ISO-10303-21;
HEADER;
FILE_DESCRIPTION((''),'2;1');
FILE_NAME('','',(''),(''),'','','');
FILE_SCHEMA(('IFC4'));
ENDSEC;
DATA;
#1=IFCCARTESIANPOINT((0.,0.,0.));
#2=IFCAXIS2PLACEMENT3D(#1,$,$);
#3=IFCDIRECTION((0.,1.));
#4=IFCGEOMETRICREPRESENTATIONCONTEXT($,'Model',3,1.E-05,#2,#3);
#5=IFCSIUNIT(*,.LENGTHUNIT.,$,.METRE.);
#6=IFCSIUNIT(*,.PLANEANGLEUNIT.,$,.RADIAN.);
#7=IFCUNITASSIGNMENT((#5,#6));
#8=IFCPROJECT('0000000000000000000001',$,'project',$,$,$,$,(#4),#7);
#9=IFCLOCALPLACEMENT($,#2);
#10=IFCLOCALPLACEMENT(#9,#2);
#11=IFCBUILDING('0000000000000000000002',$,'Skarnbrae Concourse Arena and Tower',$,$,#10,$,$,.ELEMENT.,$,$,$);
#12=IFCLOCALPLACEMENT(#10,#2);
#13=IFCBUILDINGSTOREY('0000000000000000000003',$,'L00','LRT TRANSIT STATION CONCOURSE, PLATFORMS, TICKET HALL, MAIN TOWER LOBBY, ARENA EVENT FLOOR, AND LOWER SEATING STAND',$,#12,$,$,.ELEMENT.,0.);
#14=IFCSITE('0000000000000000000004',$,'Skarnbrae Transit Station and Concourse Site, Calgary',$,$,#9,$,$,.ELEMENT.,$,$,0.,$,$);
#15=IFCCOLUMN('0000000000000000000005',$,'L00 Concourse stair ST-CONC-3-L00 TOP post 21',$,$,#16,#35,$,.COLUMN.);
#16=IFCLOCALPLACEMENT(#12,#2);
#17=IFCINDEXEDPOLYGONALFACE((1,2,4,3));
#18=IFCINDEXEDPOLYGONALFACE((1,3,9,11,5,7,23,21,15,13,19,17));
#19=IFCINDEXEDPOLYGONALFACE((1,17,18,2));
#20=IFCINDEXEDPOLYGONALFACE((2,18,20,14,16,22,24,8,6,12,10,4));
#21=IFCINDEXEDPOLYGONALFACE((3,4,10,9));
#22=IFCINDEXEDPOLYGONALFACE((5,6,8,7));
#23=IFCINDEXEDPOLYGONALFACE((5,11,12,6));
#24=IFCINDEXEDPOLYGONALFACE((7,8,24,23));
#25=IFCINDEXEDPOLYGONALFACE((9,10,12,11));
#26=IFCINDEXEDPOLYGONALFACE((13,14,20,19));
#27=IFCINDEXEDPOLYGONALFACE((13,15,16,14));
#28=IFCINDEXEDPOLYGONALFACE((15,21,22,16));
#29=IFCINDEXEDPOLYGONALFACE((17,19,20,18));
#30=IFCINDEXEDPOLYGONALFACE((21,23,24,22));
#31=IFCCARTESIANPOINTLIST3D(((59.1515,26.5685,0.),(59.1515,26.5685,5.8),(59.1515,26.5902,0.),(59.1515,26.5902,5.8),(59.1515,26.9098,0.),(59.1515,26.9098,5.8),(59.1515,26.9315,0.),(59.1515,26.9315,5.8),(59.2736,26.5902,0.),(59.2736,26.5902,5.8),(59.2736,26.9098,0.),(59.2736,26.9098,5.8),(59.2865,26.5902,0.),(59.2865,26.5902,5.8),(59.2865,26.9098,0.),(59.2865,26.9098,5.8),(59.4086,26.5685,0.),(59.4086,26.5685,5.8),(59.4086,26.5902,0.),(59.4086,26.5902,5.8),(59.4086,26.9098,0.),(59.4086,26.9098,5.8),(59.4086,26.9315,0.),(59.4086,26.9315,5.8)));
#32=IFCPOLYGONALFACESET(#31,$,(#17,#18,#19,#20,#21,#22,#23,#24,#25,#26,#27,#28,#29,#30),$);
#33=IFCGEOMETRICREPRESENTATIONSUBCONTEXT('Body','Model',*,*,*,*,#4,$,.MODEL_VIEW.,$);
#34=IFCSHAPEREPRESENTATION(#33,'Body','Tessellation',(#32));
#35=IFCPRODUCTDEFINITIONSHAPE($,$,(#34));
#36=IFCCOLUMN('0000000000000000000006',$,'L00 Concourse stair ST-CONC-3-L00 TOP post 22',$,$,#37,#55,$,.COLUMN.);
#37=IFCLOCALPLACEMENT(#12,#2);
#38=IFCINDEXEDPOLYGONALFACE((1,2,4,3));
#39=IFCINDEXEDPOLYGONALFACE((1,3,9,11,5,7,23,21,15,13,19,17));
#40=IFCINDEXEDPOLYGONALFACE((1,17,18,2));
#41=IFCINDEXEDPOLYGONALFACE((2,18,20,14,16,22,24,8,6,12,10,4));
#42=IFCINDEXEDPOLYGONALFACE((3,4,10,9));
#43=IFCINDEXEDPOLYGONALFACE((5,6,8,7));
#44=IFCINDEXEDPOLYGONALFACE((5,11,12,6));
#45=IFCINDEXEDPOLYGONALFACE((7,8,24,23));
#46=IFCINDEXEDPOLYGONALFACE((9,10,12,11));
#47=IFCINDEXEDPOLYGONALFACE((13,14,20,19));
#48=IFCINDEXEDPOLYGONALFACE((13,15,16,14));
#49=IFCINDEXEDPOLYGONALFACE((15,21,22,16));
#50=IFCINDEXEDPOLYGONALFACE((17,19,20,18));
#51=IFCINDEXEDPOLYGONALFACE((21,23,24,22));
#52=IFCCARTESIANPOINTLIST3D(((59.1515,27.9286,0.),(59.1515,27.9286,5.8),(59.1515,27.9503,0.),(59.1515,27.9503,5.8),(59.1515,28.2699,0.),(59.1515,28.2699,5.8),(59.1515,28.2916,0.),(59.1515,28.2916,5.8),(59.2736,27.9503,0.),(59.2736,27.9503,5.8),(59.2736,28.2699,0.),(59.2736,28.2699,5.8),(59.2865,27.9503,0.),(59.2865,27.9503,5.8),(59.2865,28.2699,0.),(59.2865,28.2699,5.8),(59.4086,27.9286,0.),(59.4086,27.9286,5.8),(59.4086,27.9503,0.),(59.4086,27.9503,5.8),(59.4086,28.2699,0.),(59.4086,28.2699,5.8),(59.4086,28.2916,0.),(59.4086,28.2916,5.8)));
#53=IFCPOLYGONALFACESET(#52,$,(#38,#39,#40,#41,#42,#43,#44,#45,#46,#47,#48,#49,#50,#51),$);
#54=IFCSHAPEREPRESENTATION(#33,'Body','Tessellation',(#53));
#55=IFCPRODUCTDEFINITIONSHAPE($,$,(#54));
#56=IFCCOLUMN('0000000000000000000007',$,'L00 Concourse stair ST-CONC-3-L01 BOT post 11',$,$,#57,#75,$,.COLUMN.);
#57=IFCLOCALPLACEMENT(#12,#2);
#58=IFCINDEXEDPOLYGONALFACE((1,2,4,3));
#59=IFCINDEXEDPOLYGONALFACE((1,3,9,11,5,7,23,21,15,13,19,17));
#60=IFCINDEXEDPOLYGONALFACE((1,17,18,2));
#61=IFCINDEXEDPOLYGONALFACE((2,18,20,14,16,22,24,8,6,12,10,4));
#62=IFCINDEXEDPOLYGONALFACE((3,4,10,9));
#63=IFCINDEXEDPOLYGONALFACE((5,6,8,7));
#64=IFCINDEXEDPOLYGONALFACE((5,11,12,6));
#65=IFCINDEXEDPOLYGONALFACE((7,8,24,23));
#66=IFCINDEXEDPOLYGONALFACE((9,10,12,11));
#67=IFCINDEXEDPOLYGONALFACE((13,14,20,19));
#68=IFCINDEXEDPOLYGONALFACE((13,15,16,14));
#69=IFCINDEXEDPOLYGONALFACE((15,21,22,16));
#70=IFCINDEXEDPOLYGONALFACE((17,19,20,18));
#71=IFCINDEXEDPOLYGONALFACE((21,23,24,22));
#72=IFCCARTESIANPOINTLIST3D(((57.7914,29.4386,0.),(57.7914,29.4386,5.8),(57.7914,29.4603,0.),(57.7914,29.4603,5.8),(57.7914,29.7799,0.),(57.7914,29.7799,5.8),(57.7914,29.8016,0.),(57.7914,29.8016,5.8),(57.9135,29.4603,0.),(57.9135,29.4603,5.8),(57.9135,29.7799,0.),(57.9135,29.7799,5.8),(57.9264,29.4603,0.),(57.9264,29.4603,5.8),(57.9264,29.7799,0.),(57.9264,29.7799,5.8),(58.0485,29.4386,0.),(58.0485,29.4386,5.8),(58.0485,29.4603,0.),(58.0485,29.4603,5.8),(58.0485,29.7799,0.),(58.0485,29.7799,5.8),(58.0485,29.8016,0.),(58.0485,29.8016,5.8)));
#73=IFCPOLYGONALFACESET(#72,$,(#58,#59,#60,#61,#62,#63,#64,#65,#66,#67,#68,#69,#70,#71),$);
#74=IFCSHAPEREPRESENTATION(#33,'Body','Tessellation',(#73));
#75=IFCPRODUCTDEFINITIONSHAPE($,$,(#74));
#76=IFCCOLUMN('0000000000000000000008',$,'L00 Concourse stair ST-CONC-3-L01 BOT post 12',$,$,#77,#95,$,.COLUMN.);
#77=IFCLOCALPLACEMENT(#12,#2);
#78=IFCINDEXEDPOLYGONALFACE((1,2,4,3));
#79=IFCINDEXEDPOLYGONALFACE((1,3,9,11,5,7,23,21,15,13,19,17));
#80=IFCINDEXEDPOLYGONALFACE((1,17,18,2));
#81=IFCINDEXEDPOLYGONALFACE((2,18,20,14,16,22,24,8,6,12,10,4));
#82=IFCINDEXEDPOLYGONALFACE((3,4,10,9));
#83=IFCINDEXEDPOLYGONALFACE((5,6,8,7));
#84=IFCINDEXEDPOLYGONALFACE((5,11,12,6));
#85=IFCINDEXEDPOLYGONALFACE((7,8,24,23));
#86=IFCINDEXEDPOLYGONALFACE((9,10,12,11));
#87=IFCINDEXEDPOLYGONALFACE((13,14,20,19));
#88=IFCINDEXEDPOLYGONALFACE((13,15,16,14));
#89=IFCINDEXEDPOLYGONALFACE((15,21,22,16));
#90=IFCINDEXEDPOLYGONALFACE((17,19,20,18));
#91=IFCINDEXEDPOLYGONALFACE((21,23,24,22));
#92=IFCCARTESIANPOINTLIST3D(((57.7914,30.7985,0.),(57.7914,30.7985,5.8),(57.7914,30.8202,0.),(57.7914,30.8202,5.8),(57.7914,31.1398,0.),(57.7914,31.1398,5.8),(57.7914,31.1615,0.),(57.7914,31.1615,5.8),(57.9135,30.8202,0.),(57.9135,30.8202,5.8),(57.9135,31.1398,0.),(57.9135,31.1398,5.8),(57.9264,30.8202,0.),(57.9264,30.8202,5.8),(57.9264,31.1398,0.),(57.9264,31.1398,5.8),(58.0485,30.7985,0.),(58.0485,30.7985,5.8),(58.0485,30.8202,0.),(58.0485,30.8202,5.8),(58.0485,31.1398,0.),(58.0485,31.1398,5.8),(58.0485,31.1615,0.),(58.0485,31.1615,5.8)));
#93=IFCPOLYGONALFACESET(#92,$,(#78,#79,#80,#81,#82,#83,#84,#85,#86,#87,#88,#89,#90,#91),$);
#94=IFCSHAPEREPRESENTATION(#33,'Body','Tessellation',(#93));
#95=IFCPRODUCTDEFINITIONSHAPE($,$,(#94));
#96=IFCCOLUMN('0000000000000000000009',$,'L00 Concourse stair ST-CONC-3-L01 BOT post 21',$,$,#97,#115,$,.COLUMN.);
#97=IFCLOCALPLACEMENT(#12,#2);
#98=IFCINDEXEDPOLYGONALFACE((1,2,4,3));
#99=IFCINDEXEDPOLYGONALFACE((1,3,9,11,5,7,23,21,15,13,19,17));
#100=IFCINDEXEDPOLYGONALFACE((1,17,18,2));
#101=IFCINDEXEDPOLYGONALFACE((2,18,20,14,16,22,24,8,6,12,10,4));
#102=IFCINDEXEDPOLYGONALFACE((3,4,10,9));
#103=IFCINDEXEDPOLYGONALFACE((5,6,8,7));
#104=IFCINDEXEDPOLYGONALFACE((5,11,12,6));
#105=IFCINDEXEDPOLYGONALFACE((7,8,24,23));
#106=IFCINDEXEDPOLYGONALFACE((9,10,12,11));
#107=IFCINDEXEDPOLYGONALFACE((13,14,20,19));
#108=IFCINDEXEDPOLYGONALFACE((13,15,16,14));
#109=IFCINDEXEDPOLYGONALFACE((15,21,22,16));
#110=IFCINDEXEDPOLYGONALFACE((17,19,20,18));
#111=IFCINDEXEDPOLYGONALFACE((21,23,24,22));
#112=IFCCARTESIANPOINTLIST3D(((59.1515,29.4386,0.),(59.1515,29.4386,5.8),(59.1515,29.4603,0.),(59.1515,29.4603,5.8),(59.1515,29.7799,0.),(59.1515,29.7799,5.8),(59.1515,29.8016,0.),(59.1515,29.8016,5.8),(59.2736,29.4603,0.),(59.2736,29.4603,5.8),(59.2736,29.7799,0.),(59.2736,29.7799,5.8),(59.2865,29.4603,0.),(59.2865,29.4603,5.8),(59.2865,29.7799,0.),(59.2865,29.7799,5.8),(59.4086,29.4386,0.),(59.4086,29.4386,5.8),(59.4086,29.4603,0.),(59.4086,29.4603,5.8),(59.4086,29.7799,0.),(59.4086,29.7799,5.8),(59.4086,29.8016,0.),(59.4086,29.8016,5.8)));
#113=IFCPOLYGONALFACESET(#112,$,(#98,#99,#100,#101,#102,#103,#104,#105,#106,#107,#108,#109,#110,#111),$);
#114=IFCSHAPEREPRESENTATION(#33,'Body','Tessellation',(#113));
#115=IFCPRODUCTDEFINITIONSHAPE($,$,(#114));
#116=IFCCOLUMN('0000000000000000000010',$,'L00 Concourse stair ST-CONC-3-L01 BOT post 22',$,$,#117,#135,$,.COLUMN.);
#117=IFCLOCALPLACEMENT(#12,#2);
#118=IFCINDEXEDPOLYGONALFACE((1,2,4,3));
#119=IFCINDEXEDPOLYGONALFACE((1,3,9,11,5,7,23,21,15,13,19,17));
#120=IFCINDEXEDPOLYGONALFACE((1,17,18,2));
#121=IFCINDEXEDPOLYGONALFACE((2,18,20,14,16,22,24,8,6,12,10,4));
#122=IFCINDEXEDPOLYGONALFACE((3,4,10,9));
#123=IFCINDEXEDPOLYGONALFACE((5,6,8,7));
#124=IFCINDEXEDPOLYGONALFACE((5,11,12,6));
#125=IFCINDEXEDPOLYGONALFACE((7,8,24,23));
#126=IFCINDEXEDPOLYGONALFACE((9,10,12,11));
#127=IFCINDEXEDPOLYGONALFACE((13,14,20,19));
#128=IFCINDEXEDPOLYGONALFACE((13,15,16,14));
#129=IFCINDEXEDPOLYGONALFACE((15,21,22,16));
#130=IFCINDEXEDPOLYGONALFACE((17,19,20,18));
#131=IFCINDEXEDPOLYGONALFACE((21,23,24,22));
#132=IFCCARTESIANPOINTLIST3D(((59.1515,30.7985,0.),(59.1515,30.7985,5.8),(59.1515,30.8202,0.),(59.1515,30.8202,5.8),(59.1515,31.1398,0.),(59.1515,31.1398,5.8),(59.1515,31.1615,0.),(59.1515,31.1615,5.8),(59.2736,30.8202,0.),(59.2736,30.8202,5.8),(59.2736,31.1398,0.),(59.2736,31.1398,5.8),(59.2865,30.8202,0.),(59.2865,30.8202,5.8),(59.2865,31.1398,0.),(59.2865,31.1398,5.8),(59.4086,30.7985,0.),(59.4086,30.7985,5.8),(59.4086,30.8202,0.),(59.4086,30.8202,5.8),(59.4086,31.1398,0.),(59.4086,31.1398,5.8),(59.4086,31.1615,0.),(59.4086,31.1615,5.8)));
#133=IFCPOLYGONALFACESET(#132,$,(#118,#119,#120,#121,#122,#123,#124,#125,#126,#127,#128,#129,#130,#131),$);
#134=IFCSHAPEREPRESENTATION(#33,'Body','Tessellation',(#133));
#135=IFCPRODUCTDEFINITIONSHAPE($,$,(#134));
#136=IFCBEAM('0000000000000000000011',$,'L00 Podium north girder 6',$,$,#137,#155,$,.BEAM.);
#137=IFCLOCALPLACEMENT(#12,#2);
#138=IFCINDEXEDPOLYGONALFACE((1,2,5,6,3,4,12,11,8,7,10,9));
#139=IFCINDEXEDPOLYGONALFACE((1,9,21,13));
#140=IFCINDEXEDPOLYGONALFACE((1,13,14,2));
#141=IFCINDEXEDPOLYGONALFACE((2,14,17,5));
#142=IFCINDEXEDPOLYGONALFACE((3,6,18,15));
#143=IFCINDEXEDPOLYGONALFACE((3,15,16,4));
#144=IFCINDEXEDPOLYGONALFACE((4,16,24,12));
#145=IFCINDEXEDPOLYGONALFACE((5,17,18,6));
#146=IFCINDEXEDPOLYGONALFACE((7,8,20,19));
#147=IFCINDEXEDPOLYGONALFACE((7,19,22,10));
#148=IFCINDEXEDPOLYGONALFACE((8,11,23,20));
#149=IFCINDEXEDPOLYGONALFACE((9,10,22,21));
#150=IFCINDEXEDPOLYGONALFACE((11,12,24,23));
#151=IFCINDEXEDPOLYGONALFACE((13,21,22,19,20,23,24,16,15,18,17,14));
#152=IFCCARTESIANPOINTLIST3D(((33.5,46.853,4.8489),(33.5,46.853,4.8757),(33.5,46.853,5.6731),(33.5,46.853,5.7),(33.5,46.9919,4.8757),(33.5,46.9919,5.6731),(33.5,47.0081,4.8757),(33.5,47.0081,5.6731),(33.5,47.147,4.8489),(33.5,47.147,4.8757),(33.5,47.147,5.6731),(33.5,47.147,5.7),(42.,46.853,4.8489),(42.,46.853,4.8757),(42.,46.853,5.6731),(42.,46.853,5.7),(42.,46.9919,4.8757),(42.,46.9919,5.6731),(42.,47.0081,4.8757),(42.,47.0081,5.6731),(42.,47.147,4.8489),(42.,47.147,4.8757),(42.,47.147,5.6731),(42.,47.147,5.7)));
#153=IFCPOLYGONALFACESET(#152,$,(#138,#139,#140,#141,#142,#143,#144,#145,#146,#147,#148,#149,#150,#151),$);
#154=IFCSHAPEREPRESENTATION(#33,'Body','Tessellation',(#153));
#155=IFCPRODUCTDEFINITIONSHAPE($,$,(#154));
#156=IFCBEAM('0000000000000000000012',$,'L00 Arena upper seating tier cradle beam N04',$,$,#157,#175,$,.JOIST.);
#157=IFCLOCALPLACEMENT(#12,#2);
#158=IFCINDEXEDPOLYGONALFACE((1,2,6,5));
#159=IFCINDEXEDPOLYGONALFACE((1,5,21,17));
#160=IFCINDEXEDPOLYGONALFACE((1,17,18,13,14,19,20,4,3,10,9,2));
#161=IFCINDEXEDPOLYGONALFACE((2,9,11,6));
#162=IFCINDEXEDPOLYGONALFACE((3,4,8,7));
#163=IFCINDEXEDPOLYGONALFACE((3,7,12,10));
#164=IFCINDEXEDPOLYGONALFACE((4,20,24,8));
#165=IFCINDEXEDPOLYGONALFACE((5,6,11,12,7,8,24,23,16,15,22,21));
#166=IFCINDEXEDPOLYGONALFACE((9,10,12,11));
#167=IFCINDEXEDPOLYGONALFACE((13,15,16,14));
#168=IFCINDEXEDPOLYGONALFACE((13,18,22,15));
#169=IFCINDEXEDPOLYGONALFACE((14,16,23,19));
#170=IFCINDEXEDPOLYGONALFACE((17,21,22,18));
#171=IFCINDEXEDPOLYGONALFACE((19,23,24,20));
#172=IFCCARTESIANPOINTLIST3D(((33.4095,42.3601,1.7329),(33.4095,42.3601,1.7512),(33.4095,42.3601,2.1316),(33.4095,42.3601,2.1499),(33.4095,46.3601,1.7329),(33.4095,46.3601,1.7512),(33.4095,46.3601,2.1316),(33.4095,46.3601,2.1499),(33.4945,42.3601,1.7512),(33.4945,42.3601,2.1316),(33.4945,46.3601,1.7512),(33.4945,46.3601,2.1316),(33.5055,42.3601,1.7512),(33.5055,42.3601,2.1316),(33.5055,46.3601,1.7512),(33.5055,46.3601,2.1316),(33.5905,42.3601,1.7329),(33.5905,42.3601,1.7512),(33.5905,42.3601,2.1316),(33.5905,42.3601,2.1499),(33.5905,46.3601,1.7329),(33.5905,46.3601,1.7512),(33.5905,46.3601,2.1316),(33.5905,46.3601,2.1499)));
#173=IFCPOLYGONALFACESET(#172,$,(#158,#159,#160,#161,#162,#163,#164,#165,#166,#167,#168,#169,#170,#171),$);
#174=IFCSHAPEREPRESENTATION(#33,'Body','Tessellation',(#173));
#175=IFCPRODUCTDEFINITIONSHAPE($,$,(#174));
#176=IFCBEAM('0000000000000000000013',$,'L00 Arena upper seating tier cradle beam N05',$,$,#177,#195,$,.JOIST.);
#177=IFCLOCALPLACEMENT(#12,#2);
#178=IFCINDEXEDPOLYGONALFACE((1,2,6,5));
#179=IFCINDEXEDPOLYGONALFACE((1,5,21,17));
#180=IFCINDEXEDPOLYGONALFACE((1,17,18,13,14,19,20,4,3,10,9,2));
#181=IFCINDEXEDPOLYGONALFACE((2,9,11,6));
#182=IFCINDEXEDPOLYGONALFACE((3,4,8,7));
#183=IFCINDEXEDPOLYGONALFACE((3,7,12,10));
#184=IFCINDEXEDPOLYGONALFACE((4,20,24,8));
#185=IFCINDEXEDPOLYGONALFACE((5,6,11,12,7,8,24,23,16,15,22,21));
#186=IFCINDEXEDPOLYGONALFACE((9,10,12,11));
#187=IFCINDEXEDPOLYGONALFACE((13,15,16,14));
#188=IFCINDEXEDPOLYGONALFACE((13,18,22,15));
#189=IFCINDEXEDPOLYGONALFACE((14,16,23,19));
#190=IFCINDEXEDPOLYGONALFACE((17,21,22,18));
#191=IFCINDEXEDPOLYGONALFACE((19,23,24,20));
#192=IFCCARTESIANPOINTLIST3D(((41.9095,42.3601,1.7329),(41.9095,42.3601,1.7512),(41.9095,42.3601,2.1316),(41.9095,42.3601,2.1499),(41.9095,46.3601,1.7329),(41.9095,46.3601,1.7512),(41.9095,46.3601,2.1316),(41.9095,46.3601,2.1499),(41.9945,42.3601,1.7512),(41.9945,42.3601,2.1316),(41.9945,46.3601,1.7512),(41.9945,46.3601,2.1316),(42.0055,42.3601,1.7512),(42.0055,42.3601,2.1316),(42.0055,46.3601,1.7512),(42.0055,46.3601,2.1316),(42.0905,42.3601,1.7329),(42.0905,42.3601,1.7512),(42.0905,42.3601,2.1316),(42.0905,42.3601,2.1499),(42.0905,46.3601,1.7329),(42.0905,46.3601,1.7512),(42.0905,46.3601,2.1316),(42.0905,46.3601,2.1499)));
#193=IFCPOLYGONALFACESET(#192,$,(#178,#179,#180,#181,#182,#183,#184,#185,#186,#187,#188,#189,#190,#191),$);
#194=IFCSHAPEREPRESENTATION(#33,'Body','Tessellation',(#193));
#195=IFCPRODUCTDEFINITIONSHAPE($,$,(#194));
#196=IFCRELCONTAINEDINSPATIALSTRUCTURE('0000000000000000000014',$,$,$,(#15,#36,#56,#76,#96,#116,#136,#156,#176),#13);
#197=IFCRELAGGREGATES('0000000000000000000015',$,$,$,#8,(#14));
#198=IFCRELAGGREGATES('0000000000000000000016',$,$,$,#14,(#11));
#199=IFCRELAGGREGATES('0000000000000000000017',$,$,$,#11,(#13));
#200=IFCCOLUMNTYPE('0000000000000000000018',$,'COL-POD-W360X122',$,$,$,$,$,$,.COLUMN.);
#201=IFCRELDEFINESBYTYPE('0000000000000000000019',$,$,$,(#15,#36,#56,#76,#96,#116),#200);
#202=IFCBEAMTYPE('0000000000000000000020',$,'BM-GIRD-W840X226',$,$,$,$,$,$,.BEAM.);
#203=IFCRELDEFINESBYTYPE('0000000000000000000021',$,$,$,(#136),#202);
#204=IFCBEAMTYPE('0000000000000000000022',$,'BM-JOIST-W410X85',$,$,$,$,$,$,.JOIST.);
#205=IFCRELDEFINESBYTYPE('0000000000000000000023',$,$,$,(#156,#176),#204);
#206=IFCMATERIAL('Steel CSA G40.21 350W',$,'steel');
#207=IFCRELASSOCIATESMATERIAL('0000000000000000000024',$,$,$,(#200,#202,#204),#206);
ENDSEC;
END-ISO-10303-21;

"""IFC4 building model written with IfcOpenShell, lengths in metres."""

from ifc_helpers import new_model, si_unit, direction, frame, origin, origin_2d, place, context, subcontext, project, spatial, i_section, extrude, source, transform, mapped, material, material_profile, profile_set, type_object, element, save


model = new_model("IFC4")

# Units and contexts
model_context = context("Model", 3, precision=1e-05, world=origin(), true_north=direction((0.0, 1.0)))
body_context = subcontext(model_context, "Body", "Model", "MODEL_VIEW")
ifc_project = project(units=[si_unit("LENGTHUNIT", "METRE"), si_unit("PLANEANGLEUNIT", "RADIAN")], contexts=[model_context])

# Site, building, storey
site_placement = place(None, origin())
site = spatial("IfcSite", under=ifc_project, at=site_placement, Name="Skarnbrae Transit Station and Concourse Site, Calgary", CompositionType="ELEMENT", RefElevation=0.0)
building_placement = place(site_placement, origin())
building = spatial("IfcBuilding", under=site, at=building_placement, Name="Skarnbrae Concourse Arena and Tower", CompositionType="ELEMENT")
storey_placement = place(building_placement, origin())
storey = spatial("IfcBuildingStorey", under=building, at=storey_placement, Name="L00", Description="LRT TRANSIT STATION CONCOURSE, PLATFORMS, TICKET HALL, MAIN TOWER LOBBY, ARENA EVENT FLOOR, AND LOWER SEATING STAND", CompositionType="ELEMENT", Elevation=0.0)

# Columns
ifc_material_1 = material(Name="Steel CSA G40.21 350W", Category="steel")
ifc_material_profile_1 = material_profile(ifc_material_1, i_section(OverallWidth=0.2571, OverallDepth=0.363, WebThickness=0.0129, FlangeThickness=0.0217, at=origin_2d()), Name="W360X122")
ifc_profile_set_1 = profile_set([ifc_material_profile_1], Name="Steel CSA G40.21 350W")
column_type_1 = type_object("IfcColumnType", Name="COL-POD-W360X122", PredefinedType="COLUMN", material=ifc_profile_set_1)
shared_shape_1 = source(origin(), body_context, "Body", "SweptSolid", [
    extrude(i_section(OverallWidth=0.2571, OverallDepth=0.363, WebThickness=0.0129, FlangeThickness=0.0217, at=origin_2d()), origin(), (0.0, 0.0, 1.0), 5.8),
])
for number, where, z_axis, x_axis, name in (
    (1, (59.28, 26.75, 0.0), (0.0, 0.0, 1.0), (1.0, 0.0, 0.0), "L00 Concourse stair ST-CONC-3-L00 TOP post 21"),
    (2, (59.28, 28.1101, 0.0), (0.0, 0.0, 1.0), (1.0, 0.0, 0.0), "L00 Concourse stair ST-CONC-3-L00 TOP post 22"),
    (3, (57.9199, 29.6201, 0.0), (0.0, 0.0, 1.0), (1.0, 0.0, 0.0), "L00 Concourse stair ST-CONC-3-L01 BOT post 11"),
    (4, (57.9199, 30.98, 0.0), (0.0, 0.0, 1.0), (1.0, 0.0, 0.0), "L00 Concourse stair ST-CONC-3-L01 BOT post 12"),
    (5, (59.28, 29.6201, 0.0), (0.0, 0.0, 1.0), (1.0, 0.0, 0.0), "L00 Concourse stair ST-CONC-3-L01 BOT post 21"),
    (6, (59.28, 30.98, 0.0), (0.0, 0.0, 1.0), (1.0, 0.0, 0.0), "L00 Concourse stair ST-CONC-3-L01 BOT post 22"),
):
    element("IfcColumn", number, at=place(storey_placement, frame(where, z_axis=z_axis, x_axis=x_axis)), inside=storey, type_object=column_type_1, Name=name, PredefinedType="COLUMN", context=body_context, shape_type="MappedRepresentation", body=[
        mapped(shared_shape_1, transform((0.0, 0.0, 0.0))),
    ])

# Beams
ifc_material_profile_2 = material_profile(ifc_material_1, i_section(OverallWidth=0.2939, OverallDepth=0.8511, WebThickness=0.0161, FlangeThickness=0.0269, at=origin_2d()), Name="W840X226")
ifc_profile_set_2 = profile_set([ifc_material_profile_2], Name="Steel CSA G40.21 350W")
beam_type_1 = type_object("IfcBeamType", Name="BM-GIRD-W840X226", PredefinedType="BEAM", material=ifc_profile_set_2)
shared_shape_2 = source(origin(), body_context, "Body", "SweptSolid", [
    extrude(i_section(OverallWidth=0.2939, OverallDepth=0.8511, WebThickness=0.0161, FlangeThickness=0.0269, at=origin_2d()), origin(), (0.0, 0.0, 1.0), 8.5),
])
beam_placement = place(storey_placement, frame((33.5, 47.0, 5.2744), z_axis=(1.0, 0.0, 0.0), x_axis=(0.0, 1.0, 0.0)))
element("IfcBeam", 7, at=beam_placement, inside=storey, type_object=beam_type_1, Name="L00 Podium north girder 6", PredefinedType="BEAM", context=body_context, shape_type="MappedRepresentation", body=[
    mapped(shared_shape_2, transform((0.0, 0.0, 0.0))),
])
ifc_material_profile_3 = material_profile(ifc_material_1, i_section(OverallWidth=0.1809, OverallDepth=0.417, WebThickness=0.011, FlangeThickness=0.0183, at=origin_2d()), Name="W410X85")
ifc_profile_set_3 = profile_set([ifc_material_profile_3], Name="Steel CSA G40.21 350W")
beam_type_2 = type_object("IfcBeamType", Name="BM-JOIST-W410X85", PredefinedType="JOIST", material=ifc_profile_set_3)
shared_shape_3 = source(origin(), body_context, "Body", "SweptSolid", [
    extrude(i_section(OverallWidth=0.1809, OverallDepth=0.417, WebThickness=0.011, FlangeThickness=0.0183, at=origin_2d()), origin(), (0.0, 0.0, 1.0), 4.0),
])
for number, where, z_axis, x_axis, name in (
    (8, (33.5, 42.3601, 1.9414), (0.0, 1.0, 0.0), (-1.0, 0.0, 0.0), "L00 Arena upper seating tier cradle beam N04"),
    (9, (42.0, 42.3601, 1.9414), (0.0, 1.0, 0.0), (-1.0, 0.0, 0.0), "L00 Arena upper seating tier cradle beam N05"),
):
    element("IfcBeam", number, at=place(storey_placement, frame(where, z_axis=z_axis, x_axis=x_axis)), inside=storey, type_object=beam_type_2, Name=name, PredefinedType="JOIST", context=body_context, shape_type="MappedRepresentation", body=[
        mapped(shared_shape_3, transform((0.0, 0.0, 0.0))),
    ])

save(model, "model.ifc")
